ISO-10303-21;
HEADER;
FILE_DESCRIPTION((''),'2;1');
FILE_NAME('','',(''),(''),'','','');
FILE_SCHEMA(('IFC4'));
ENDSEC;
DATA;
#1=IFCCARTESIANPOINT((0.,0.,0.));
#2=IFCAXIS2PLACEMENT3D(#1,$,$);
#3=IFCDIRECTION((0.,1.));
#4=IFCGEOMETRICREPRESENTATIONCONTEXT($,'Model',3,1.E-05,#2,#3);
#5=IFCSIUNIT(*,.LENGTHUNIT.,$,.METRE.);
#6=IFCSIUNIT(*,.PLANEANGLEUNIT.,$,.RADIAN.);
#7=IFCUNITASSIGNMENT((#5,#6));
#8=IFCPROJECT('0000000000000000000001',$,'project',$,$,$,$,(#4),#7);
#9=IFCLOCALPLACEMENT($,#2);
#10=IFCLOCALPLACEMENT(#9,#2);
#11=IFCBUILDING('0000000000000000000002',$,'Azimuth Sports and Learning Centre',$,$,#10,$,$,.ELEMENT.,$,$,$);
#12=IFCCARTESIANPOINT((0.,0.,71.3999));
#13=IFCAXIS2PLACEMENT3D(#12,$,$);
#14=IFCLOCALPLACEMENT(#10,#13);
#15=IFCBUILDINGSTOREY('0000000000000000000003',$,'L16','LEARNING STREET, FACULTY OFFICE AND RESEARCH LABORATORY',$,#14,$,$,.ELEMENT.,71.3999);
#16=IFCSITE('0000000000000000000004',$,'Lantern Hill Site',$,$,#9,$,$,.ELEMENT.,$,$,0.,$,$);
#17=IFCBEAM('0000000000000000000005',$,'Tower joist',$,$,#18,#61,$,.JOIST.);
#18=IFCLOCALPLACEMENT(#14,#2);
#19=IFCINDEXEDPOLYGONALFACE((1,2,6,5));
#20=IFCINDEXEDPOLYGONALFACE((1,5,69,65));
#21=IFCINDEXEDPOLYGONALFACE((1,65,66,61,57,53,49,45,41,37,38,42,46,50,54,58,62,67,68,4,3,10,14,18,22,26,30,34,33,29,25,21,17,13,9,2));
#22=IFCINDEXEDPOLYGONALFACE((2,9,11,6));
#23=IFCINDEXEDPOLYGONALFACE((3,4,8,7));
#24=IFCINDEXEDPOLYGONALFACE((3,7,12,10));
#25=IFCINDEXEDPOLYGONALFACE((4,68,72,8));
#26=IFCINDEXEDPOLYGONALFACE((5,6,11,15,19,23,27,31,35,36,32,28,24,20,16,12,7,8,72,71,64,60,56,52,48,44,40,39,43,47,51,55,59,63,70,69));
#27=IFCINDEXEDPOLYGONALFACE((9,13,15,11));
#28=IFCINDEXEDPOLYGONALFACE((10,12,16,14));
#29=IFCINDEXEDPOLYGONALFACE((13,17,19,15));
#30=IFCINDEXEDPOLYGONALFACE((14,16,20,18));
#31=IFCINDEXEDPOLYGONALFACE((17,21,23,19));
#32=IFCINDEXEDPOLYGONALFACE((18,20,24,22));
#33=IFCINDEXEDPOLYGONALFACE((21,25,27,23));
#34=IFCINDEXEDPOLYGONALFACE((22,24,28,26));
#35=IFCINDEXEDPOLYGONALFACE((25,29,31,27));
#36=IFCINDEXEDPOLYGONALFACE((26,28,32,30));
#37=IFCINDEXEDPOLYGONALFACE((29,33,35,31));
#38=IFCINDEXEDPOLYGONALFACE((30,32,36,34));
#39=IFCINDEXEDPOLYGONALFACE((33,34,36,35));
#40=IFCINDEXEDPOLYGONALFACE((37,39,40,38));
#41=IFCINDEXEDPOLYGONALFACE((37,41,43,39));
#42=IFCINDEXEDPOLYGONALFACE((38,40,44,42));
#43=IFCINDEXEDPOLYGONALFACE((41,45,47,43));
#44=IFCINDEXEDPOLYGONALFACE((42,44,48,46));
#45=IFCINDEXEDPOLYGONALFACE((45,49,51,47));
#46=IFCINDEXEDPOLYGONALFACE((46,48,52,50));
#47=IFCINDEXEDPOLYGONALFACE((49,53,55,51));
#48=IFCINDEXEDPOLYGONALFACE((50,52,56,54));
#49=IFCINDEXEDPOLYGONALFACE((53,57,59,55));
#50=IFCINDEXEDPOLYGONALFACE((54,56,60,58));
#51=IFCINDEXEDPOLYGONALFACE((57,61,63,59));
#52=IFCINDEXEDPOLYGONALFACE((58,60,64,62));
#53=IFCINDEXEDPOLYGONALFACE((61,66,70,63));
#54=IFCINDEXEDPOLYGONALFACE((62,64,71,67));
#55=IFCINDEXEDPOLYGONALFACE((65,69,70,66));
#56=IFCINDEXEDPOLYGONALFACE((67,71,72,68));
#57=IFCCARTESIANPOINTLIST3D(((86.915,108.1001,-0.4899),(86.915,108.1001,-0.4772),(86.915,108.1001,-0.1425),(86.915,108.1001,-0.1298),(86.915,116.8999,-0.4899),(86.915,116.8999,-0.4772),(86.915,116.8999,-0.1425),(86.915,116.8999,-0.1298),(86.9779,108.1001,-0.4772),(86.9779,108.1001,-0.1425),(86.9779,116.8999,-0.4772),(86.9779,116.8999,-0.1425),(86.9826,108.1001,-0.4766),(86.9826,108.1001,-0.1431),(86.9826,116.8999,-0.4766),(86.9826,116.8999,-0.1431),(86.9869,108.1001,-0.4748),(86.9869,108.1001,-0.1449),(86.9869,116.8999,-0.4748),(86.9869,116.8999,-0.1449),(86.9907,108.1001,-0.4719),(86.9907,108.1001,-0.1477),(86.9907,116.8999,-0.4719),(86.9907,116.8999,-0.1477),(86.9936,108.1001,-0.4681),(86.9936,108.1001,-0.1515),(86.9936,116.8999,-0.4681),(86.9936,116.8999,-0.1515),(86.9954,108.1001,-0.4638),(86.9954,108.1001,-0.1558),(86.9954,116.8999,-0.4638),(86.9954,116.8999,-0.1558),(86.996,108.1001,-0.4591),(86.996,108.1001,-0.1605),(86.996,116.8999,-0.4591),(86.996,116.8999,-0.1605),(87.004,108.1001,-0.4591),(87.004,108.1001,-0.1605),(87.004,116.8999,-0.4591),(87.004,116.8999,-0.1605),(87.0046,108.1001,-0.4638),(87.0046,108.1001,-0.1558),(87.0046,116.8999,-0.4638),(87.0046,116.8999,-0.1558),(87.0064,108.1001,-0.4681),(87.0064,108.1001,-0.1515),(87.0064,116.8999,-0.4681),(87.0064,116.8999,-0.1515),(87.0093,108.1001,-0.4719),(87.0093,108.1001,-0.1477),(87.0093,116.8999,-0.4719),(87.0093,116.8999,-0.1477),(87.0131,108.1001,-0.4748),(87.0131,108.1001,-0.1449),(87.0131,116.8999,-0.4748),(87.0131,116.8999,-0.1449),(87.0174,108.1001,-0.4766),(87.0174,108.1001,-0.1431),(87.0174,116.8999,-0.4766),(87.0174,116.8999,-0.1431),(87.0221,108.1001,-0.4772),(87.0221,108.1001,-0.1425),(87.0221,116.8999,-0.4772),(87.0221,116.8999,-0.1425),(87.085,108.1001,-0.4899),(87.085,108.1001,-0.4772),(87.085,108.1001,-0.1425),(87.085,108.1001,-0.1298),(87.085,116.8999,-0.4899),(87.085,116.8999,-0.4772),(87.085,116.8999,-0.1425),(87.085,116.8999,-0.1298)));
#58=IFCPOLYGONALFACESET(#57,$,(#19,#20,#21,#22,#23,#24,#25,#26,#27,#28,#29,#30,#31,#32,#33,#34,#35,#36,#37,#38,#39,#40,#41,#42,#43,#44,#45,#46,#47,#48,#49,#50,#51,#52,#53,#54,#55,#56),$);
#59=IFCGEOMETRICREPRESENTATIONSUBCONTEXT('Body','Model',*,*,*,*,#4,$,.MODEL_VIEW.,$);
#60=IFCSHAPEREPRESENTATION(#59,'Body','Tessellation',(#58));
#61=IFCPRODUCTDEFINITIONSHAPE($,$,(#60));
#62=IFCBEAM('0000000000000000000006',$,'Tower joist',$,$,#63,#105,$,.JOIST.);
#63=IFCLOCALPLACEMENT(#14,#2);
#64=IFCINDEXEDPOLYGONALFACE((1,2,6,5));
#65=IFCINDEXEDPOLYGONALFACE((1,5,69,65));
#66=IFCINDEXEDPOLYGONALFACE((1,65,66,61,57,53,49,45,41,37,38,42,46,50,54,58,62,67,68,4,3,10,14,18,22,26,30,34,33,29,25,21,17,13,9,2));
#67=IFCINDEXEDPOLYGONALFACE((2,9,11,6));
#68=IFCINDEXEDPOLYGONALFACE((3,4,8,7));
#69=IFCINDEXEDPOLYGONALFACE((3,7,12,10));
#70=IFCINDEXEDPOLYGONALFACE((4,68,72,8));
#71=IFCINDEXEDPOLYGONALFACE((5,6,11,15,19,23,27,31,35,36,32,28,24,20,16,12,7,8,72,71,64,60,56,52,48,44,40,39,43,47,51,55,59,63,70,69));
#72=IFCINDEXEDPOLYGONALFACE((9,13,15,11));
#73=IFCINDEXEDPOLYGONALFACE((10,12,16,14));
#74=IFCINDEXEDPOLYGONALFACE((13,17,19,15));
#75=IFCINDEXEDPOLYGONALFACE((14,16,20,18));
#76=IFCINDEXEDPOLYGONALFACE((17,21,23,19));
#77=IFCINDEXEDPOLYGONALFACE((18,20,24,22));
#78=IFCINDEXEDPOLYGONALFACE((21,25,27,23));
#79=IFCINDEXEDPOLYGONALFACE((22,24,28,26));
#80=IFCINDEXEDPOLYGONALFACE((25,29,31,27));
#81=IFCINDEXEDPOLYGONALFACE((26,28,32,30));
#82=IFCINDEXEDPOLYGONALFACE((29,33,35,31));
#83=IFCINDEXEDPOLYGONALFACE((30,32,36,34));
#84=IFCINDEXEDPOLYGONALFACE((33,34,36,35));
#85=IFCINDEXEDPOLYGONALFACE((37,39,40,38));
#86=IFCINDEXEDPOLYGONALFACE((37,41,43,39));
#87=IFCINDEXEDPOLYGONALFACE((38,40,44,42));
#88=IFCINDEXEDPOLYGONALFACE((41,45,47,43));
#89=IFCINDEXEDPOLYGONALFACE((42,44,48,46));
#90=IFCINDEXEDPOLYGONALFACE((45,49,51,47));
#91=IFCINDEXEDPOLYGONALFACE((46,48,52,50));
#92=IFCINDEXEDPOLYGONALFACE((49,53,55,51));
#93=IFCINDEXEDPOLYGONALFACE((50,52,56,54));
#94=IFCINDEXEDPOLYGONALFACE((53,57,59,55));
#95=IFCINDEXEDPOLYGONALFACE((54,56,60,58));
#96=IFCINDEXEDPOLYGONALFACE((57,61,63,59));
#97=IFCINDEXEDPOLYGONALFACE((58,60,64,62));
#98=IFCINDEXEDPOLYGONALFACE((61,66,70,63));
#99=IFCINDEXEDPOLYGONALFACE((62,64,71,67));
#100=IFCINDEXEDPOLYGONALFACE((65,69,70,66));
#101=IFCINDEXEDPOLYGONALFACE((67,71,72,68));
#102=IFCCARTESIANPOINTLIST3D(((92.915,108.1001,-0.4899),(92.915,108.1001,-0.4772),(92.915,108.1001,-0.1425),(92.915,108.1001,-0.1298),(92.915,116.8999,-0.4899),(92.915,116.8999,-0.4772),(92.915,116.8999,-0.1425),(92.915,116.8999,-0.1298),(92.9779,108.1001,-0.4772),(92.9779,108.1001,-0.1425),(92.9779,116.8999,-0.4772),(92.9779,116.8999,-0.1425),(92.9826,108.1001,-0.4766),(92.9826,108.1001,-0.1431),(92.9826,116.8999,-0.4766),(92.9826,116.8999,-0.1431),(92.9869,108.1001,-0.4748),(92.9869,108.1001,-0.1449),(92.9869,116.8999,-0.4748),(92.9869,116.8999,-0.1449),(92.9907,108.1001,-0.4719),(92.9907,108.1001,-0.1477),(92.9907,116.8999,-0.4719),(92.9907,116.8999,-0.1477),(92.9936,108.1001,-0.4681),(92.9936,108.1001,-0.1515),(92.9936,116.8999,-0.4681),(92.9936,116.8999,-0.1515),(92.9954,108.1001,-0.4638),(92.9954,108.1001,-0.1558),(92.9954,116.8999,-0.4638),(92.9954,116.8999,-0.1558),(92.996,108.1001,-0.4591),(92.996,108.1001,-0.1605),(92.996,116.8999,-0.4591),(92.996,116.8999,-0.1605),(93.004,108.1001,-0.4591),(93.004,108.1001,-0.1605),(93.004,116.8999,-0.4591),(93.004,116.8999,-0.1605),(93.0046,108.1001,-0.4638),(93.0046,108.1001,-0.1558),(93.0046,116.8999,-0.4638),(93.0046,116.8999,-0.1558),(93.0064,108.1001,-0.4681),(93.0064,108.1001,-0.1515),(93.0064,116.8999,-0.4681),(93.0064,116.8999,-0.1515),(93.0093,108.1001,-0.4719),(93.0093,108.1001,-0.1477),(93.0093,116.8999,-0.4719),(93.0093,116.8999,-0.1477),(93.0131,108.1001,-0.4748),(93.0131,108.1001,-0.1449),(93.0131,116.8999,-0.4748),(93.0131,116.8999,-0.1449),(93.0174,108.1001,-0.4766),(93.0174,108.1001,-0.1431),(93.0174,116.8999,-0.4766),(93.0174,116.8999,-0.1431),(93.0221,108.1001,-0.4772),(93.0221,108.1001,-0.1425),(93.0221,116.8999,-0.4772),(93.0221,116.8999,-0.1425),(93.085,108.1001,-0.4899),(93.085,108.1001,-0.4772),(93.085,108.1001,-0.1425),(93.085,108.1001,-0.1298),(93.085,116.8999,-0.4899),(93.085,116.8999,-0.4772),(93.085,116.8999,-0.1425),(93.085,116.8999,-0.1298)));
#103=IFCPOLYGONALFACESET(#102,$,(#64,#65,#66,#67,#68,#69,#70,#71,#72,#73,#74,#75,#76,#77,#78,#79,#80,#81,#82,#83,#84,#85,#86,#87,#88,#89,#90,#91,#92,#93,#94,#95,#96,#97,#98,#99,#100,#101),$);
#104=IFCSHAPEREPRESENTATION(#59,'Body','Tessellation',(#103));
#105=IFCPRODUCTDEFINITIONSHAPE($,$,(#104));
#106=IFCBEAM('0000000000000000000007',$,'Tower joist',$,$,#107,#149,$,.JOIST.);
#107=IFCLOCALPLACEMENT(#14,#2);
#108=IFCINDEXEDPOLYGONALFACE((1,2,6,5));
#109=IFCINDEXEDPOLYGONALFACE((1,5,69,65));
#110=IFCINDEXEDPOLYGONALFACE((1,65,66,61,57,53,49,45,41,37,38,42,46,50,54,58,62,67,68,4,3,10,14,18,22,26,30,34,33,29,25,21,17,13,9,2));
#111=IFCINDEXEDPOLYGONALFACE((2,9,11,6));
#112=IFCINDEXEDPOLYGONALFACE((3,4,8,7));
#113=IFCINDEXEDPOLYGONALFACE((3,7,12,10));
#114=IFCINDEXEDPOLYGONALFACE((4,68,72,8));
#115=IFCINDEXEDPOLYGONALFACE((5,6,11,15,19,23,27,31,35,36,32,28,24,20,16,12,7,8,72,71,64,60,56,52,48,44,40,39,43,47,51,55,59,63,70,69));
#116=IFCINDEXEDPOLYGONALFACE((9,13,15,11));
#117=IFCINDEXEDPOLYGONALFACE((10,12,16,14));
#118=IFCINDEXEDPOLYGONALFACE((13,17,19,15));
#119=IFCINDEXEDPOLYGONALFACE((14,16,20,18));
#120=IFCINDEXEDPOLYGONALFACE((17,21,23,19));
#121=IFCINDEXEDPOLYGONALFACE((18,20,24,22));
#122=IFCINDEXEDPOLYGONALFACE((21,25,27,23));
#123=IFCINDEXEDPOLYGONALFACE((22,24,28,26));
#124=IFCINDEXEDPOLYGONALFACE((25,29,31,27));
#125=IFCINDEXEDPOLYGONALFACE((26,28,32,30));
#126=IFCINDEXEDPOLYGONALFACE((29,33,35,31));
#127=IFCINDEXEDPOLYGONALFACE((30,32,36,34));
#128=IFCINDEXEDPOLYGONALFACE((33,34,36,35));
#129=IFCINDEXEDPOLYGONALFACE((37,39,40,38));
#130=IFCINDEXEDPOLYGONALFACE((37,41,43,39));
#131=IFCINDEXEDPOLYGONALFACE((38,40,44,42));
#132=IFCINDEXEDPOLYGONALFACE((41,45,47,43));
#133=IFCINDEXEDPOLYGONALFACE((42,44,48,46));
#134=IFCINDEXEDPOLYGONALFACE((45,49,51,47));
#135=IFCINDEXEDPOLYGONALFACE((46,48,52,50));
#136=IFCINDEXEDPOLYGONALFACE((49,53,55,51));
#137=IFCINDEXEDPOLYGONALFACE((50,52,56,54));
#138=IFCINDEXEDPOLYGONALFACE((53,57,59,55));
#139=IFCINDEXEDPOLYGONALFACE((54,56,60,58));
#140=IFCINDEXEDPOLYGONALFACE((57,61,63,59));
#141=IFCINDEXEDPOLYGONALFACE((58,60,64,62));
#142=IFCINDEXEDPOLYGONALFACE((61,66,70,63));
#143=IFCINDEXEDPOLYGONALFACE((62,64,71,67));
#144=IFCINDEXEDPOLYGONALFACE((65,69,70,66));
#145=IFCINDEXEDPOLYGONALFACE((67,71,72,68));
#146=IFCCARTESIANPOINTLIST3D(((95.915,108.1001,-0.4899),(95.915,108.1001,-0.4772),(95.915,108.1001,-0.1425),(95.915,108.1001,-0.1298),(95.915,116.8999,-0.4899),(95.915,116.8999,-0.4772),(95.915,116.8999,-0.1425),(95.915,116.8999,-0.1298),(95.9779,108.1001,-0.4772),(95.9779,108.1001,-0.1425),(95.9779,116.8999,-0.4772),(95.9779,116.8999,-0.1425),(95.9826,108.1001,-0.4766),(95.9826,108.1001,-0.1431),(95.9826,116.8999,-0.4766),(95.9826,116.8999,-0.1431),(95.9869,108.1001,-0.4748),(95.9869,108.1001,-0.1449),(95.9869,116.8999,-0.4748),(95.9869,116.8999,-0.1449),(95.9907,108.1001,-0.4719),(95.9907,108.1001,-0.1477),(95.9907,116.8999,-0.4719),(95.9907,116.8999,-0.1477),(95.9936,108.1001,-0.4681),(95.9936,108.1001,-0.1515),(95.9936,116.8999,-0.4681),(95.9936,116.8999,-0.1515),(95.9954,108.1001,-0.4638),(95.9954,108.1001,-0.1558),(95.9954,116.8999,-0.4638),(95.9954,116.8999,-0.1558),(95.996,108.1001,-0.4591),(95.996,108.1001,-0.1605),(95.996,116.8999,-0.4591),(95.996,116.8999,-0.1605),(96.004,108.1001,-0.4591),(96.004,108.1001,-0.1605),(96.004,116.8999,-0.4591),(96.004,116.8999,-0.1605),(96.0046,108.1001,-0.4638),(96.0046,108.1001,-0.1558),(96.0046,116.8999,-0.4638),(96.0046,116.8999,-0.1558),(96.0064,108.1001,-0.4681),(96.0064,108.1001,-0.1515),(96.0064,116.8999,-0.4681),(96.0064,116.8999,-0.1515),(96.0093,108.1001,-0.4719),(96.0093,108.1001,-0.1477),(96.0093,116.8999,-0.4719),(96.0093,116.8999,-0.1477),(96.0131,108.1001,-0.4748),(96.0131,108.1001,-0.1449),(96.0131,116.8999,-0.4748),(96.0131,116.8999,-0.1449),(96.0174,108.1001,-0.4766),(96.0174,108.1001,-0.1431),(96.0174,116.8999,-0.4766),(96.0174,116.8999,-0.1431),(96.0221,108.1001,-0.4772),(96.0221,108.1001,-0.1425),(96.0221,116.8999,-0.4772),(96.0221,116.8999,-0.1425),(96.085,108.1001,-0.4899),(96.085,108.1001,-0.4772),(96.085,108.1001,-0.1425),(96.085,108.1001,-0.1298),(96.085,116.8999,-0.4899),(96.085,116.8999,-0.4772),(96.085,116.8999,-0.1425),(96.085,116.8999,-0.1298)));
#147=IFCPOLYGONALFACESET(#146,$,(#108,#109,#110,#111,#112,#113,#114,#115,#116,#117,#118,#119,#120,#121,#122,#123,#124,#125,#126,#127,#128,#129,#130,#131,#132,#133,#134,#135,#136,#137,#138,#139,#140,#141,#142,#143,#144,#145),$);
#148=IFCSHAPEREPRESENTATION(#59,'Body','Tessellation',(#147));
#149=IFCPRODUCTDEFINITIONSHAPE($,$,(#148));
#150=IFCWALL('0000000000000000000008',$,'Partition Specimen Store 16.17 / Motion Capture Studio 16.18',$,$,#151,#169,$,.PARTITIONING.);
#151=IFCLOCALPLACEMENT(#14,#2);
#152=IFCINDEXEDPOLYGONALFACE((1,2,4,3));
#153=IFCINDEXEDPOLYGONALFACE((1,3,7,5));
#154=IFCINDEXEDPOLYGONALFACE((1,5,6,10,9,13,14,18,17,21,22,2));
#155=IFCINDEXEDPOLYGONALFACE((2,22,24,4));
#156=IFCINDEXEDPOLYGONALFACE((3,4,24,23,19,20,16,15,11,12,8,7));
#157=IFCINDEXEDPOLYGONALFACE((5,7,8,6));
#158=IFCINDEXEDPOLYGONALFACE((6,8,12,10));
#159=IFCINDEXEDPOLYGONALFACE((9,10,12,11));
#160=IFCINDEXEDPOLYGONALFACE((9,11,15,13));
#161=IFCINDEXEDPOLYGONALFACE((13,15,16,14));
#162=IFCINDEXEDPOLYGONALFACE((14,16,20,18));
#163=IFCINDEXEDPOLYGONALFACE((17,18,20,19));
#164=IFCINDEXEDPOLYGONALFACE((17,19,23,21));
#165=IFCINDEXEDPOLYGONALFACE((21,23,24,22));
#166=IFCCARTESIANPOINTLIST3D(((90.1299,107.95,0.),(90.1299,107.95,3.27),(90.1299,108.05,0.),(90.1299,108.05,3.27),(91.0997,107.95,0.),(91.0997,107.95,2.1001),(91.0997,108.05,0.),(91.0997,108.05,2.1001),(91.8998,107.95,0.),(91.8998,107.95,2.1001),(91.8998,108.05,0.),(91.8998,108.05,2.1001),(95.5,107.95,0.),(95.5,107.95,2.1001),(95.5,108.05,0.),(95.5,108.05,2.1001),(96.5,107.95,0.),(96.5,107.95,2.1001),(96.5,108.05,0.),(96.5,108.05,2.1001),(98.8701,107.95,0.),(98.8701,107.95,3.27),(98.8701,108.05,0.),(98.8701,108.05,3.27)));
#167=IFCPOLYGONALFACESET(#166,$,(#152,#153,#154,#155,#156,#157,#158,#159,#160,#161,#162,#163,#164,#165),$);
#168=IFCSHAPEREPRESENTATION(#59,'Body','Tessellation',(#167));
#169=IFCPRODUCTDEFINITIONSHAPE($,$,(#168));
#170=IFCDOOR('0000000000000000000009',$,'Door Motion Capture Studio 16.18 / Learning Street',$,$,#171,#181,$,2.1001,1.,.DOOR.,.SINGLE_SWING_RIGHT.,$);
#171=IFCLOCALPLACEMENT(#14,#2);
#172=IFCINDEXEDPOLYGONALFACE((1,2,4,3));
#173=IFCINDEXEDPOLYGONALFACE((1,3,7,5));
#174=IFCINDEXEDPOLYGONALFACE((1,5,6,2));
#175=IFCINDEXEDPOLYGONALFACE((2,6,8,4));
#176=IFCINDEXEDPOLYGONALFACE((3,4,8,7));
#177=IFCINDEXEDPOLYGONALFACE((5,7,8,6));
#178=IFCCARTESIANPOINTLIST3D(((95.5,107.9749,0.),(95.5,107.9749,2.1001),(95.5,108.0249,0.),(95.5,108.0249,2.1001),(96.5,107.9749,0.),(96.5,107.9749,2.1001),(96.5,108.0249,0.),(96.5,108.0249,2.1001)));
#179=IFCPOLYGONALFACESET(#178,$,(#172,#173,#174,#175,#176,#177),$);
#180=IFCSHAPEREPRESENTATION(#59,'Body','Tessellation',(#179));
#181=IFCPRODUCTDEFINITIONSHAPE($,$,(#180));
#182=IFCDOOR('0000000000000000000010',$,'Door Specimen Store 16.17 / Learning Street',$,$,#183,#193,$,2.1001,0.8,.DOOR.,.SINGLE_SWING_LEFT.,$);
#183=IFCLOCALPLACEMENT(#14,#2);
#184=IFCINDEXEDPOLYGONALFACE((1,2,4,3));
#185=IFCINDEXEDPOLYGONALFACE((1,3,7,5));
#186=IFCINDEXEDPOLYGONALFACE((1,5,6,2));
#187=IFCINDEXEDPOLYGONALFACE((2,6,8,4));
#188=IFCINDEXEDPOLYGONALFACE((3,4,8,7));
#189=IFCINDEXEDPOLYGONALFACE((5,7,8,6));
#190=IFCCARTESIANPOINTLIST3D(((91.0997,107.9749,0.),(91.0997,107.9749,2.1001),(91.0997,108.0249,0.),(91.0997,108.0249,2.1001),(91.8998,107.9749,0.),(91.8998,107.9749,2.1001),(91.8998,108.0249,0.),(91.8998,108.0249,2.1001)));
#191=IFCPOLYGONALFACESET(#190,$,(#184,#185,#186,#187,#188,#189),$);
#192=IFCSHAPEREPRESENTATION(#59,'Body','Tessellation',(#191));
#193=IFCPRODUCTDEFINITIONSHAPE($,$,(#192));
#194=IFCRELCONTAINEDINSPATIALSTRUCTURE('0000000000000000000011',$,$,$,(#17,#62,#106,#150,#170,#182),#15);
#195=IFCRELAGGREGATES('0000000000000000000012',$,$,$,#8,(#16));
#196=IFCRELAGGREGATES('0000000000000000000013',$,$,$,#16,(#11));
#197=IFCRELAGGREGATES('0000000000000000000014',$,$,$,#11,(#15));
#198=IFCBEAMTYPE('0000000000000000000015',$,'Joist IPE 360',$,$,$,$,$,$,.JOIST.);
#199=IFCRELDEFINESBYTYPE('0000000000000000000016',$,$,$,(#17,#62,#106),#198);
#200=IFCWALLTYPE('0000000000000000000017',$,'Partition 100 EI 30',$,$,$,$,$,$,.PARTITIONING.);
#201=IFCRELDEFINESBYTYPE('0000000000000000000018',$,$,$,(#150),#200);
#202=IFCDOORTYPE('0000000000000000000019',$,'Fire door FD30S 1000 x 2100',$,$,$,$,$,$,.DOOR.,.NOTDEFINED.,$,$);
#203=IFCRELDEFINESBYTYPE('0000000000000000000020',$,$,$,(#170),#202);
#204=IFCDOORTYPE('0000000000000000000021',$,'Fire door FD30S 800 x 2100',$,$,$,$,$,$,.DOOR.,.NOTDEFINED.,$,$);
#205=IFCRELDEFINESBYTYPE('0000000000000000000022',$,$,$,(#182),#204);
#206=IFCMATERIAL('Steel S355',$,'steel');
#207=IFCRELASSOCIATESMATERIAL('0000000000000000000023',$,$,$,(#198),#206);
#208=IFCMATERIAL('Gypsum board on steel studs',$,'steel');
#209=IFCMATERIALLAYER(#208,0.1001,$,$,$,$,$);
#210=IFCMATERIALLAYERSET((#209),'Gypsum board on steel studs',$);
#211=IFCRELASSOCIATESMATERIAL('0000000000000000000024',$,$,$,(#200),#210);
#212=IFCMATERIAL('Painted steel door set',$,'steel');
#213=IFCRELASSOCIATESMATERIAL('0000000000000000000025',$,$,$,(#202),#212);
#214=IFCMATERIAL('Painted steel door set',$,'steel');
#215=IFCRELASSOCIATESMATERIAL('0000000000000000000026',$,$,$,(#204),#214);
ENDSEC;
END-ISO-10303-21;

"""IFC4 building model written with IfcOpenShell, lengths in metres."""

from ifc_helpers import new_model, si_unit, direction, frame, frame_2d, origin, origin_2d, place, context, subcontext, project, spatial, rectangle, i_section, extrude, material, layer, layer_set, material_profile, profile_set, type_object, element, fill, save


model = new_model("IFC4")

# Units and contexts
model_context = context("Model", 3, precision=1e-05, world=origin(), true_north=direction((0.0, 1.0)))
body_context = subcontext(model_context, "Body", "Model", "MODEL_VIEW")
ifc_project = project(units=[si_unit("LENGTHUNIT", "METRE"), si_unit("PLANEANGLEUNIT", "RADIAN")], contexts=[model_context])

# Site, building, storey
site_placement = place(None, origin())
site = spatial("IfcSite", under=ifc_project, at=site_placement, Name="Lantern Hill Site", CompositionType="ELEMENT", RefElevation=0.0)
building_placement = place(site_placement, origin())
building = spatial("IfcBuilding", under=site, at=building_placement, Name="Azimuth Sports and Learning Centre", CompositionType="ELEMENT")
storey_placement = place(building_placement, frame((0.0, 0.0, 71.3999)))
storey = spatial("IfcBuildingStorey", under=building, at=storey_placement, Name="L16", Description="LEARNING STREET, FACULTY OFFICE AND RESEARCH LABORATORY", CompositionType="ELEMENT", Elevation=71.3999)

# Beams
ifc_material_1 = material(Name="Steel S355", Category="steel")
ifc_material_profile_1 = material_profile(ifc_material_1, i_section(OverallWidth=0.1699, OverallDepth=0.3601, WebThickness=0.0081, FlangeThickness=0.0127, FilletRadius=0.0181, at=origin_2d()), Name="IPE 360")
ifc_profile_set_1 = profile_set([ifc_material_profile_1], Name="Steel S355")
beam_type_1 = type_object("IfcBeamType", Name="Joist IPE 360", PredefinedType="JOIST", material=ifc_profile_set_1)
for number, where, z_axis, x_axis, name in (
    (1, (87.0, 108.1001, -0.3098), (0.0, 1.0, 0.0), (-1.0, 0.0, 0.0), "Tower joist"),
    (2, (93.0, 108.1001, -0.3098), (0.0, 1.0, 0.0), (-1.0, 0.0, 0.0), "Tower joist"),
    (3, (96.0, 108.1001, -0.3098), (0.0, 1.0, 0.0), (-1.0, 0.0, 0.0), "Tower joist"),
):
    element("IfcBeam", number, at=place(storey_placement, frame(where, z_axis=z_axis, x_axis=x_axis)), inside=storey, type_object=beam_type_1, Name=name, PredefinedType="JOIST", context=body_context, shape_type="SweptSolid", body=[
        extrude(i_section(OverallWidth=0.1699, OverallDepth=0.3601, WebThickness=0.0081, FlangeThickness=0.0127, FilletRadius=0.0181, at=origin_2d()), origin(), (0.0, 0.0, 1.0), 8.7998),
    ])

# Wall, openings, doors
ifc_material_2 = material(Name="Gypsum board on steel studs", Category="steel")
ifc_layer_1 = layer(ifc_material_2, 0.1001)
ifc_layer_set_1 = layer_set([ifc_layer_1], Name="Gypsum board on steel studs")
wall_type_1 = type_object("IfcWallType", Name="Partition 100 EI 30", PredefinedType="PARTITIONING", material=ifc_layer_set_1)
wall_1_placement = place(storey_placement, frame((90.1299, 108.0, 0.0), z_axis=(0.0, 0.0, 1.0), x_axis=(1.0, 0.0, 0.0)))
wall_1 = element("IfcWall", 4, at=wall_1_placement, inside=storey, type_object=wall_type_1, Name="Partition Specimen Store 16.17 / Motion Capture Studio 16.18", PredefinedType="PARTITIONING", context=body_context, shape_type="SweptSolid", body=[
    extrude(rectangle(XDim=8.7402, YDim=0.1001, at=frame_2d((4.3701, 0.0))), origin(), (0.0, 0.0, 1.0), 3.27),
])
opening_1_placement = place(wall_1_placement, frame((0.97, 0.0, 0.0)))
opening_1 = element("IfcOpeningElement", 5, at=opening_1_placement, cuts=wall_1, PredefinedType="OPENING", context=body_context, shape_type="SweptSolid", body=[
    extrude(rectangle(XDim=0.8, YDim=2.1001, at=frame_2d((0.3999, 1.05))), frame((0.0, 0.061, 0.0), z_axis=(0.0, -1.0, 0.0), x_axis=(1.0, 0.0, 0.0)), (0.0, 0.0, 1.0), 0.1221),
])
opening_2_placement = place(wall_1_placement, frame((5.3701, 0.0, 0.0)))
opening_2 = element("IfcOpeningElement", 6, at=opening_2_placement, cuts=wall_1, PredefinedType="OPENING", context=body_context, shape_type="SweptSolid", body=[
    extrude(rectangle(XDim=1.0, YDim=2.1001, at=frame_2d((0.5, 1.05))), frame((0.0, 0.061, 0.0), z_axis=(0.0, -1.0, 0.0), x_axis=(1.0, 0.0, 0.0)), (0.0, 0.0, 1.0), 0.1221),
])
ifc_material_3 = material(Name="Painted steel door set", Category="steel")
door_type_1 = type_object("IfcDoorType", Name="Fire door FD30S 1000 x 2100", OperationType="NOTDEFINED", PredefinedType="DOOR", material=ifc_material_3)
door_1_placement = place(opening_2_placement, origin())
door_1 = element("IfcDoor", 7, at=door_1_placement, inside=storey, type_object=door_type_1, Name="Door Motion Capture Studio 16.18 / Learning Street", OperationType="SINGLE_SWING_RIGHT", OverallHeight=2.1001, OverallWidth=1.0, PredefinedType="DOOR", context=body_context, shape_type="SweptSolid", body=[
    extrude(rectangle(XDim=1.0, YDim=2.1001, at=frame_2d((0.5, 1.05))), frame((0.0, 0.0249, 0.0), z_axis=(0.0, -1.0, 0.0), x_axis=(1.0, 0.0, 0.0)), (0.0, 0.0, 1.0), 0.05),
])
fill(opening_2, door_1)
ifc_material_4 = material(Name="Painted steel door set", Category="steel")
door_type_2 = type_object("IfcDoorType", Name="Fire door FD30S 800 x 2100", OperationType="NOTDEFINED", PredefinedType="DOOR", material=ifc_material_4)
door_2_placement = place(opening_1_placement, origin())
door_2 = element("IfcDoor", 8, at=door_2_placement, inside=storey, type_object=door_type_2, Name="Door Specimen Store 16.17 / Learning Street", OperationType="SINGLE_SWING_LEFT", OverallHeight=2.1001, OverallWidth=0.8, PredefinedType="DOOR", context=body_context, shape_type="SweptSolid", body=[
    extrude(rectangle(XDim=0.8, YDim=2.1001, at=frame_2d((0.3999, 1.05))), frame((0.0, 0.0249, 0.0), z_axis=(0.0, -1.0, 0.0), x_axis=(1.0, 0.0, 0.0)), (0.0, 0.0, 1.0), 0.05),
])
fill(opening_1, door_2)

save(model, "model.ifc")
